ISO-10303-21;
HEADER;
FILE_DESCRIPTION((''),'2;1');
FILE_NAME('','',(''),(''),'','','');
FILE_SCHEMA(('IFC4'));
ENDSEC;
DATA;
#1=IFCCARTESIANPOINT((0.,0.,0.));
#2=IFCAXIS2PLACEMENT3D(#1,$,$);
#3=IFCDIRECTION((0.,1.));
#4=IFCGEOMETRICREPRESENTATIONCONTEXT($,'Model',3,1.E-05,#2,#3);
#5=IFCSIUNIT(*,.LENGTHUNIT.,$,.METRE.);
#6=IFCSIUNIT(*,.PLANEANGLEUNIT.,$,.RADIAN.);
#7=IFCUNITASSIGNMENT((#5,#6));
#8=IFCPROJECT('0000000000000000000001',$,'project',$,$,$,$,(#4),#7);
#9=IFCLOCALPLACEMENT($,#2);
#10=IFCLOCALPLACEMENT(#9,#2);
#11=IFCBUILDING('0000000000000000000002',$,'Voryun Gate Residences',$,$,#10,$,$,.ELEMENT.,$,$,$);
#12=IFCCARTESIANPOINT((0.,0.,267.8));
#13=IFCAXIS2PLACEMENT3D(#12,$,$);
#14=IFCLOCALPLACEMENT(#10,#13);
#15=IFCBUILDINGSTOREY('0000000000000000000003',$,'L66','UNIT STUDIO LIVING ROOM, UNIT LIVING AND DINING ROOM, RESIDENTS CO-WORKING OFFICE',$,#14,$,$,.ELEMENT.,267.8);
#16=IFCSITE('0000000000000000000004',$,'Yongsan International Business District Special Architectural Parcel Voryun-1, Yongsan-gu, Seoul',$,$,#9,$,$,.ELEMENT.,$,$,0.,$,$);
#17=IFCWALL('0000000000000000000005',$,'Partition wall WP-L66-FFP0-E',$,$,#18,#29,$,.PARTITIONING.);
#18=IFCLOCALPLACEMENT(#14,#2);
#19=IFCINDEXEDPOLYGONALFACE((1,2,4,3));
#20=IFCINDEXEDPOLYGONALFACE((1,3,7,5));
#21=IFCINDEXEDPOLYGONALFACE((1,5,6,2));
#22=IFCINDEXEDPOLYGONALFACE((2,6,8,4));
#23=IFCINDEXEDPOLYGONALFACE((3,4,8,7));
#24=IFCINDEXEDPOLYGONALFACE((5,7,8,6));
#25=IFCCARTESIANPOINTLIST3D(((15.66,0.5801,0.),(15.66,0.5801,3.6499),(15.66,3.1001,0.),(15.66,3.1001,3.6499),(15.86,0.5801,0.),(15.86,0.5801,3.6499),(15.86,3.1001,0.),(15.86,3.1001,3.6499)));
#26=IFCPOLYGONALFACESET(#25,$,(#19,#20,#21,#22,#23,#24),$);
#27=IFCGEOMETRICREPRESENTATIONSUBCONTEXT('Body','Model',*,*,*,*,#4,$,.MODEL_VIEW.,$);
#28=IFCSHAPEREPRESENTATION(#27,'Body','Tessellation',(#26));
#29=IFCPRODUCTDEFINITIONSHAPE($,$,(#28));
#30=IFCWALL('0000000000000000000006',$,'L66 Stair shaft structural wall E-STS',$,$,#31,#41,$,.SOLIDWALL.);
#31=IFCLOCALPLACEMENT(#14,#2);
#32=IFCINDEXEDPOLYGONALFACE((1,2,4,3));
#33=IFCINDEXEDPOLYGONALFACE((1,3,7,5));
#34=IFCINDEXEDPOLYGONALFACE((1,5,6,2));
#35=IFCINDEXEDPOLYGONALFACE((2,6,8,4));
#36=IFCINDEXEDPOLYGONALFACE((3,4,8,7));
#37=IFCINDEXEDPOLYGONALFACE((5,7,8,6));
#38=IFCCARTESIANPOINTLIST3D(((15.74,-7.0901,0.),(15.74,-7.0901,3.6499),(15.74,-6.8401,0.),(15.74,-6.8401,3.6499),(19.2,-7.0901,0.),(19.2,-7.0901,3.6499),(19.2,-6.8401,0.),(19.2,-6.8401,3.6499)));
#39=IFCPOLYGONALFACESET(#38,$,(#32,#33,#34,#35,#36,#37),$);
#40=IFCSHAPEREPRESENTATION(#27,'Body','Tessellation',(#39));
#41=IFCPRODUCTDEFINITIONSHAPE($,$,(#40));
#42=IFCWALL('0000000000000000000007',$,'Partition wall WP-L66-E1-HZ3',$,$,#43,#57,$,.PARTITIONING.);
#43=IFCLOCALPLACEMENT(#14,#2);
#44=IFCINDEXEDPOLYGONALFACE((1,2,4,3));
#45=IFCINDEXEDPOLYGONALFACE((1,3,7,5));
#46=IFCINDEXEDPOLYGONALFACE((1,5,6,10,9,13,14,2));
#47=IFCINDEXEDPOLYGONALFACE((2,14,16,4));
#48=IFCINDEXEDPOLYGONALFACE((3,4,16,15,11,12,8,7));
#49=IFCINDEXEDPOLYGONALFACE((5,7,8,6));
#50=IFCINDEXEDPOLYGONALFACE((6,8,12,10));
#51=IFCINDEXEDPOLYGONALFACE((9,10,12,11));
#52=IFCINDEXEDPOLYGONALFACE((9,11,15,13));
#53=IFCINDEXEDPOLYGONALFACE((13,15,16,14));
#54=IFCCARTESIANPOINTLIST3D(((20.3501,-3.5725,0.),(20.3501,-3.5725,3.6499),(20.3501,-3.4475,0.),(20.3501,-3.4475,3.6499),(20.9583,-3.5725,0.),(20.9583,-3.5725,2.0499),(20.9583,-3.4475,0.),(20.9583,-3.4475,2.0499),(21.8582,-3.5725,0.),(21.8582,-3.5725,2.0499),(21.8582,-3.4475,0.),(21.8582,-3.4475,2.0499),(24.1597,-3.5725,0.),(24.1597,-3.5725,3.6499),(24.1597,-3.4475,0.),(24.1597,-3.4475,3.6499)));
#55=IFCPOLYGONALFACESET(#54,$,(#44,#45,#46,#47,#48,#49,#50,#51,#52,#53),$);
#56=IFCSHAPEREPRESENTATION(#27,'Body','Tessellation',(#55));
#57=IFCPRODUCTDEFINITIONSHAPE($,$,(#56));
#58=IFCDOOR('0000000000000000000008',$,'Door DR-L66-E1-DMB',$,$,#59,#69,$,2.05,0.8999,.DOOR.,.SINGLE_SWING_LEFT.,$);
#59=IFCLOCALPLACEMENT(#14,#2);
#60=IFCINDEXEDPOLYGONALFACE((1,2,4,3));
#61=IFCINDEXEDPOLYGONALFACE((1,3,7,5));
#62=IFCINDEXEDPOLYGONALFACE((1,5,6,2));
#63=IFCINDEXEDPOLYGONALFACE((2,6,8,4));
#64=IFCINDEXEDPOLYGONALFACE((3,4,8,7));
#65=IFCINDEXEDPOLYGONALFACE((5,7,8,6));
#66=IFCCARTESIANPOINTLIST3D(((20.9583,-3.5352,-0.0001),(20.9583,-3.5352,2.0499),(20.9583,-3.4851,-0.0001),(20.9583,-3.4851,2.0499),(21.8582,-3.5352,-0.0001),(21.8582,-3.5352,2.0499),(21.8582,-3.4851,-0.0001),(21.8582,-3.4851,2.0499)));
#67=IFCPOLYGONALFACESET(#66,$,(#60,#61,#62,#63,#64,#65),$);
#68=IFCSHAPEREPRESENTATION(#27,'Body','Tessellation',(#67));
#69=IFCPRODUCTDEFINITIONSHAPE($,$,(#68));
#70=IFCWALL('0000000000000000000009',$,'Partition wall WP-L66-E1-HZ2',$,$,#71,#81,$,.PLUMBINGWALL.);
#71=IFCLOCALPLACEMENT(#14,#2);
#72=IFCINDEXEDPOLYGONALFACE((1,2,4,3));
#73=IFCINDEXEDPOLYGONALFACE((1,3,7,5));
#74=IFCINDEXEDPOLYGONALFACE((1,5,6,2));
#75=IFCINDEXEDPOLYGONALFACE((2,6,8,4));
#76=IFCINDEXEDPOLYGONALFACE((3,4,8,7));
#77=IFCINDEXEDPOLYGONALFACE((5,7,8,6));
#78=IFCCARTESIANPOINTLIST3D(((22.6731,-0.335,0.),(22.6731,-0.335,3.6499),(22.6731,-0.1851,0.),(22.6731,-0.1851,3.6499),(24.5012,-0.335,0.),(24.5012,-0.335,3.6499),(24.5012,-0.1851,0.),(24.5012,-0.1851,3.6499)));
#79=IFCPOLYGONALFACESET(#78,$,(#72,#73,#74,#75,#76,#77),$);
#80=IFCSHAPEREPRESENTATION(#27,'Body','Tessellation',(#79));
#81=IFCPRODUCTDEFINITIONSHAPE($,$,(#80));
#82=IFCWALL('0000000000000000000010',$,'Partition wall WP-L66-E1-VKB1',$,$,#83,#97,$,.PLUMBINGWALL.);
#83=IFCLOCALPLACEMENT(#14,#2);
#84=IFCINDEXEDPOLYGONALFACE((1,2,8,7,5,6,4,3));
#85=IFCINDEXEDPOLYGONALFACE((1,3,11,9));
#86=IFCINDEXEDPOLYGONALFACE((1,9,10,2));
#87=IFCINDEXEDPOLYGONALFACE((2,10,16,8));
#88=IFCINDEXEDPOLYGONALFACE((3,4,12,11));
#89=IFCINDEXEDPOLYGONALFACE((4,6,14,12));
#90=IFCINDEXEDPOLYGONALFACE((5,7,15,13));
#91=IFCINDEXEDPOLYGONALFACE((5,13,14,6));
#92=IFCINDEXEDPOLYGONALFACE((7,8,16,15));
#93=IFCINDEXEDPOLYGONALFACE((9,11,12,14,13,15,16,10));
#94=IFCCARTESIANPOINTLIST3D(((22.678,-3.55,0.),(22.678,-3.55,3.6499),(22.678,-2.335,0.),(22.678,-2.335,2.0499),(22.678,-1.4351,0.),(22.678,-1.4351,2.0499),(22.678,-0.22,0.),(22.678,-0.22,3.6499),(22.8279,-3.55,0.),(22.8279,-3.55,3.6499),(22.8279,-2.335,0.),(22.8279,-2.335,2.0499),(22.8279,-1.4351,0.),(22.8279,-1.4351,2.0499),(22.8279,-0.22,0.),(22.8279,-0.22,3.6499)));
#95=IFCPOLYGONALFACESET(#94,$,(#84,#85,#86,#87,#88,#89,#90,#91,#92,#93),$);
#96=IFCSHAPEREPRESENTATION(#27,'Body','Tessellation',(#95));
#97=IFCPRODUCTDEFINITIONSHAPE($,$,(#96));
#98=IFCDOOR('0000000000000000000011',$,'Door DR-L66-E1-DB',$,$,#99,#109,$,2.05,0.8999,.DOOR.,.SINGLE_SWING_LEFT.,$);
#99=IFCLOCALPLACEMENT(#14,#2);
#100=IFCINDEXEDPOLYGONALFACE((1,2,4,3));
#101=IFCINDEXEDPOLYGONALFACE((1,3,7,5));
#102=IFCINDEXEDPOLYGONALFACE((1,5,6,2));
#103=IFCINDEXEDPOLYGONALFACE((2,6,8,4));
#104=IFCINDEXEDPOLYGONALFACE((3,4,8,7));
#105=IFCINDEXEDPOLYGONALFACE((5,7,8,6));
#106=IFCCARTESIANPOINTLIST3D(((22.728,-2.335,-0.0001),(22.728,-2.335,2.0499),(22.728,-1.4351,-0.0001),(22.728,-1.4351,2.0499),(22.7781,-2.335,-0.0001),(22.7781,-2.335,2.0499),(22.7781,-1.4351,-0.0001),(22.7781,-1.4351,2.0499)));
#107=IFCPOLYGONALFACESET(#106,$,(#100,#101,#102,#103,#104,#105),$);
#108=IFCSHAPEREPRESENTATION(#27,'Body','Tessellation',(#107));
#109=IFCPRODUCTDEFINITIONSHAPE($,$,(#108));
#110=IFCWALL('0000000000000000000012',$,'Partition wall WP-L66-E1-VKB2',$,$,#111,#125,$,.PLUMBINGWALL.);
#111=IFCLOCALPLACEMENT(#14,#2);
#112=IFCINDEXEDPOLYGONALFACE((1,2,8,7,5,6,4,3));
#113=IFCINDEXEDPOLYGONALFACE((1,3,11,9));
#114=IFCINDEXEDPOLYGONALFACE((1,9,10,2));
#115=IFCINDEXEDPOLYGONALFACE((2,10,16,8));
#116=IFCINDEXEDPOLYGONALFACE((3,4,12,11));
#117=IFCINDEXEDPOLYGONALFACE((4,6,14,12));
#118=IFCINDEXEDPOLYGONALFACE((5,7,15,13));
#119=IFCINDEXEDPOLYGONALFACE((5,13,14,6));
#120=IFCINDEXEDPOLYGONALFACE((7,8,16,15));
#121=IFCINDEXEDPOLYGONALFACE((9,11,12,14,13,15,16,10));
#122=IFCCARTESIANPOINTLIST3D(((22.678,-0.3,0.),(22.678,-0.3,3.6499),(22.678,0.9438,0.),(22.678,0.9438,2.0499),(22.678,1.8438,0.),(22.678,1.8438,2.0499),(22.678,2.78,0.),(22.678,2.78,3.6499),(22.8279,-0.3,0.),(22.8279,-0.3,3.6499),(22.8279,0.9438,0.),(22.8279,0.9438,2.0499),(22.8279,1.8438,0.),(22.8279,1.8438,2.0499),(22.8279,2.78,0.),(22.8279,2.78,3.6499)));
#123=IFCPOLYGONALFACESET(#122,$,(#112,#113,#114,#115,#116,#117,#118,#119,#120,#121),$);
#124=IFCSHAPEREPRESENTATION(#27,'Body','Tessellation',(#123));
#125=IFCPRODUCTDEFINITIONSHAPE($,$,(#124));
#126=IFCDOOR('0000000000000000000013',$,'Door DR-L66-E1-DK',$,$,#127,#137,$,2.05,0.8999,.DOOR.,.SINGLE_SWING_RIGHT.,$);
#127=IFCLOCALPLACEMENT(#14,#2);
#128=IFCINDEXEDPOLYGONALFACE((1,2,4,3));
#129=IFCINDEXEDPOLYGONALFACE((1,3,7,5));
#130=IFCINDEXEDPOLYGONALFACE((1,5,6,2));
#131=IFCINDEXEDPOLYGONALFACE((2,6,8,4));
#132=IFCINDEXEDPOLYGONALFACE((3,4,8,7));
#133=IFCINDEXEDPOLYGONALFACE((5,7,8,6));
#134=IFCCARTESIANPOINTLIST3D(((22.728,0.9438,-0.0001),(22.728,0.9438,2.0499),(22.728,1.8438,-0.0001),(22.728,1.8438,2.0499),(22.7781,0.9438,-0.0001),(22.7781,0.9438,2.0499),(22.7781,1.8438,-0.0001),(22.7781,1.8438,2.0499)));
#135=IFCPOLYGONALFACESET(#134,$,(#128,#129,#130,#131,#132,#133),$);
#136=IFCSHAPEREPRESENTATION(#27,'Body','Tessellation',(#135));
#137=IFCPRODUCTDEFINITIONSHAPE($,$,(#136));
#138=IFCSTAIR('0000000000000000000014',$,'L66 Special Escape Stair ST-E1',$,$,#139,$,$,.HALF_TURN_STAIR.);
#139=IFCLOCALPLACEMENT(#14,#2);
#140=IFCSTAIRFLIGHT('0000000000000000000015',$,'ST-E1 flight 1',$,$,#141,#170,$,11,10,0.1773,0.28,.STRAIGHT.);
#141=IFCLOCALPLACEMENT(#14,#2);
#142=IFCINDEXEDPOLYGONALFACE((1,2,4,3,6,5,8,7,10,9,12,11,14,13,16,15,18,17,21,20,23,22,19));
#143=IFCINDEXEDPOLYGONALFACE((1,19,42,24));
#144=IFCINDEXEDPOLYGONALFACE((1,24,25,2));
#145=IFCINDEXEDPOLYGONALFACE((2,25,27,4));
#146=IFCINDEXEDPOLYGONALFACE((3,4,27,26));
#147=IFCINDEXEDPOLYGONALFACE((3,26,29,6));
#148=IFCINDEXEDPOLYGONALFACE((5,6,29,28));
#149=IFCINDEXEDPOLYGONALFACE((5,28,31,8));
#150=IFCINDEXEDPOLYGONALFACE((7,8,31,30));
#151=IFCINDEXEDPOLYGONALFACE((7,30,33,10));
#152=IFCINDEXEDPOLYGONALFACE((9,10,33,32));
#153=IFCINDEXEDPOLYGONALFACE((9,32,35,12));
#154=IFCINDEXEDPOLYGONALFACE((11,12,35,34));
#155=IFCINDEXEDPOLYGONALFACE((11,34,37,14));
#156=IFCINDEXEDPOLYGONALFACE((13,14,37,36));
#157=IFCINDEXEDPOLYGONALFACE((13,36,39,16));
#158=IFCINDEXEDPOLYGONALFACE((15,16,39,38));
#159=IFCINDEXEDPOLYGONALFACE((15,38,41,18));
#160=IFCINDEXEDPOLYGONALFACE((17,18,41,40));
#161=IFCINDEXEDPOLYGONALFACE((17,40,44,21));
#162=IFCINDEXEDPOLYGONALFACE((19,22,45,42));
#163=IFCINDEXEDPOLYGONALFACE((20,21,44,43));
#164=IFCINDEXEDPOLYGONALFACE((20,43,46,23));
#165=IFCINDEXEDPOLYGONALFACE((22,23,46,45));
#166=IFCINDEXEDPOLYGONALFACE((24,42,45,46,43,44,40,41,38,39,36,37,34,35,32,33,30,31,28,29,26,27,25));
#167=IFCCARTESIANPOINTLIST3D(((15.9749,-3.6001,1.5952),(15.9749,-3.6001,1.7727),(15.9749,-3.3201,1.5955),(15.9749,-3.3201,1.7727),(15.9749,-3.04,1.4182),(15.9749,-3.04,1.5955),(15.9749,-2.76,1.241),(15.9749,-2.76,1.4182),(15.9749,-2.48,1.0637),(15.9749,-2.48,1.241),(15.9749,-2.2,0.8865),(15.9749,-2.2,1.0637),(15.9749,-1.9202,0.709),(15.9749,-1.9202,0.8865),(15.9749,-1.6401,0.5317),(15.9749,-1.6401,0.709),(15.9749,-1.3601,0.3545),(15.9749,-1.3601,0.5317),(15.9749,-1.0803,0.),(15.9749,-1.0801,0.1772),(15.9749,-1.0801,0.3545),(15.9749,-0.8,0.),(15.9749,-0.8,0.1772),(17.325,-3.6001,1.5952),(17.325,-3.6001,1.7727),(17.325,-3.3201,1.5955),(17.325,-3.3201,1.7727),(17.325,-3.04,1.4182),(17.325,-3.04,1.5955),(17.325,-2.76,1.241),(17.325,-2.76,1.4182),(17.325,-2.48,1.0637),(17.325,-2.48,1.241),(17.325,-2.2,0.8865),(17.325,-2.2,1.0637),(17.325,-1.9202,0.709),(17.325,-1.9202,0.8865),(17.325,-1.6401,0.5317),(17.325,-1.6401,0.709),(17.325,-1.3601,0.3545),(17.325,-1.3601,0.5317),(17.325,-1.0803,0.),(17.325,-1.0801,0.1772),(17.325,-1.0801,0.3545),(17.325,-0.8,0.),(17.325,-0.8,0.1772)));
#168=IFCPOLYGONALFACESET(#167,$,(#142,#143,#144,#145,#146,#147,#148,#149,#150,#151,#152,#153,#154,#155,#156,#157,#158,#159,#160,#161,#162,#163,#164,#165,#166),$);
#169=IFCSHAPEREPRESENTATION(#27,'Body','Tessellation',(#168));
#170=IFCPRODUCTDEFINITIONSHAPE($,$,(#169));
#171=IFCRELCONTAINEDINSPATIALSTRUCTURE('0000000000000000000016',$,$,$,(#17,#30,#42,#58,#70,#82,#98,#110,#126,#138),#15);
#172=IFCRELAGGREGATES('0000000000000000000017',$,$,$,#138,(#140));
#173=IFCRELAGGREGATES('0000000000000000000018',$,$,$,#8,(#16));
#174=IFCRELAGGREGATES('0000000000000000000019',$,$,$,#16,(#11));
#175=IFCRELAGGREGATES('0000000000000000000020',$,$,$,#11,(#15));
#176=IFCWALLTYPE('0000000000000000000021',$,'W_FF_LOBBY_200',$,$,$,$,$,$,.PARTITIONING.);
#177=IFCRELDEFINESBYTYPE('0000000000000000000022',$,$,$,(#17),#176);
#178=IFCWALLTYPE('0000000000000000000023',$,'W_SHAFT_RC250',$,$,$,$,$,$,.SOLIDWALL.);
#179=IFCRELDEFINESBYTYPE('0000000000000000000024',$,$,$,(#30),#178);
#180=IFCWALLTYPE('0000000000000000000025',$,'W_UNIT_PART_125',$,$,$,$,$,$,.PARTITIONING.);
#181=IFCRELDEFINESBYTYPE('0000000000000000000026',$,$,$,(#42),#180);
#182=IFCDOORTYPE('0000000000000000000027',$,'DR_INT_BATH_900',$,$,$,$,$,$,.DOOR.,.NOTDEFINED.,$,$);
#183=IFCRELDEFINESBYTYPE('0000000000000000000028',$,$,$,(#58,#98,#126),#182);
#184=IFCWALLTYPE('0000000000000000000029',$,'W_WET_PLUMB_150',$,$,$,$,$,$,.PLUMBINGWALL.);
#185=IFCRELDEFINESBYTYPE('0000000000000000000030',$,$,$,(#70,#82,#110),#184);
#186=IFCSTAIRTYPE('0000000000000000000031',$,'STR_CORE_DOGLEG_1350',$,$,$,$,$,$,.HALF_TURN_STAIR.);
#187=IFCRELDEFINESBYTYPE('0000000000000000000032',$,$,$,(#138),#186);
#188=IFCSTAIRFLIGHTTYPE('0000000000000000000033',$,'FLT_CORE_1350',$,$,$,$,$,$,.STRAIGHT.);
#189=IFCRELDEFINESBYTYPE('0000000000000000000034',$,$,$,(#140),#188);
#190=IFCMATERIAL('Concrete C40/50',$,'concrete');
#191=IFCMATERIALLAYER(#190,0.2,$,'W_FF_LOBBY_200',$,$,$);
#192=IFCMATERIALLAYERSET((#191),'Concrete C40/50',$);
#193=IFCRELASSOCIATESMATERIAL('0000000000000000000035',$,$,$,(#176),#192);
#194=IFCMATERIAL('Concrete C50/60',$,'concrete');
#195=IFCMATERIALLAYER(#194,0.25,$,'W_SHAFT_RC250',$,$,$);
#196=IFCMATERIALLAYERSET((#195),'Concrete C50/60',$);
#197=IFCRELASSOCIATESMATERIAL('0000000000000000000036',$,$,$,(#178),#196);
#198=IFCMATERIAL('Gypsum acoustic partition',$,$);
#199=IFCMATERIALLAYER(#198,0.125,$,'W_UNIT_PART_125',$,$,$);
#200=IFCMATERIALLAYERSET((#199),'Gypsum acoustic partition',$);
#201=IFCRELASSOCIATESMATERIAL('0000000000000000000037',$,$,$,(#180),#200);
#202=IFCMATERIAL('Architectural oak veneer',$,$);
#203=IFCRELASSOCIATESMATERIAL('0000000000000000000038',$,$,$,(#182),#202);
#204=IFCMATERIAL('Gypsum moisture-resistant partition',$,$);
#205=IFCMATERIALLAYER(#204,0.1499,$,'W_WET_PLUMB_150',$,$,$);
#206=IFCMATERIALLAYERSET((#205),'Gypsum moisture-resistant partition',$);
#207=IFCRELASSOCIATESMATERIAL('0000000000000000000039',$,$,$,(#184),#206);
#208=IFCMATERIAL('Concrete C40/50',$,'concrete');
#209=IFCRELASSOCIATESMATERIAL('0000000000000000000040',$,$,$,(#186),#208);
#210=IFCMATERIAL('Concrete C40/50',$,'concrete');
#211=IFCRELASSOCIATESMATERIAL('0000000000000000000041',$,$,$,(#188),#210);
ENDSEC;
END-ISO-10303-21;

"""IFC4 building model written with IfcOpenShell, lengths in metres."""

from ifc_helpers import new_model, si_unit, direction, frame, frame_2d, origin, place, context, subcontext, project, spatial, polyline, rectangle, outline, extrude, material, layer, layer_set, type_object, element, fill, aggregate, save


model = new_model("IFC4")

# Units and contexts
model_context = context("Model", 3, precision=1e-05, world=origin(), true_north=direction((0.0, 1.0)))
body_context = subcontext(model_context, "Body", "Model", "MODEL_VIEW")
ifc_project = project(units=[si_unit("LENGTHUNIT", "METRE"), si_unit("PLANEANGLEUNIT", "RADIAN")], contexts=[model_context])

# Site, building, storey
site_placement = place(None, origin())
site = spatial("IfcSite", under=ifc_project, at=site_placement, Name="Yongsan International Business District Special Architectural Parcel Voryun-1, Yongsan-gu, Seoul", CompositionType="ELEMENT", RefElevation=0.0)
building_placement = place(site_placement, origin())
building = spatial("IfcBuilding", under=site, at=building_placement, Name="Voryun Gate Residences", CompositionType="ELEMENT")
storey_placement = place(building_placement, frame((0.0, 0.0, 267.8)))
storey = spatial("IfcBuildingStorey", under=building, at=storey_placement, Name="L66", Description="UNIT STUDIO LIVING ROOM, UNIT LIVING AND DINING ROOM, RESIDENTS CO-WORKING OFFICE", CompositionType="ELEMENT", Elevation=267.8)

# Walls
ifc_material_1 = material(Name="Concrete C40/50", Category="concrete")
ifc_layer_1 = layer(ifc_material_1, 0.2, Name="W_FF_LOBBY_200")
ifc_layer_set_1 = layer_set([ifc_layer_1], Name="Concrete C40/50")
wall_type_1 = type_object("IfcWallType", Name="W_FF_LOBBY_200", PredefinedType="PARTITIONING", material=ifc_layer_set_1)
wall_1_placement = place(storey_placement, frame((15.76, 0.5801, 0.0), z_axis=(0.0, 0.0, 1.0), x_axis=(0.0, 1.0, 0.0)))
element("IfcWall", 1, at=wall_1_placement, inside=storey, type_object=wall_type_1, Name="Partition wall WP-L66-FFP0-E", PredefinedType="PARTITIONING", context=body_context, shape_type="SweptSolid", body=[
    extrude(rectangle(XDim=2.52, YDim=0.2, at=frame_2d((1.26, 0.0))), origin(), (0.0, 0.0, 1.0), 3.6499),
])
ifc_material_2 = material(Name="Concrete C50/60", Category="concrete")
ifc_layer_2 = layer(ifc_material_2, 0.25, Name="W_SHAFT_RC250")
ifc_layer_set_2 = layer_set([ifc_layer_2], Name="Concrete C50/60")
wall_type_2 = type_object("IfcWallType", Name="W_SHAFT_RC250", PredefinedType="SOLIDWALL", material=ifc_layer_set_2)
wall_2_placement = place(storey_placement, frame((15.74, -6.9651, 0.0), z_axis=(0.0, 0.0, 1.0), x_axis=(1.0, 0.0, 0.0)))
element("IfcWall", 2, at=wall_2_placement, inside=storey, type_object=wall_type_2, Name="L66 Stair shaft structural wall E-STS", PredefinedType="SOLIDWALL", context=body_context, shape_type="SweptSolid", body=[
    extrude(rectangle(XDim=3.46, YDim=0.25, at=frame_2d((1.73, 0.0))), origin(), (0.0, 0.0, 1.0), 3.6499),
])

# Wall, opening, door
ifc_material_3 = material(Name="Gypsum acoustic partition")
ifc_layer_3 = layer(ifc_material_3, 0.125, Name="W_UNIT_PART_125")
ifc_layer_set_3 = layer_set([ifc_layer_3], Name="Gypsum acoustic partition")
wall_type_3 = type_object("IfcWallType", Name="W_UNIT_PART_125", PredefinedType="PARTITIONING", material=ifc_layer_set_3)
wall_3_placement = place(storey_placement, frame((20.3501, -3.51, 0.0), z_axis=(0.0, 0.0, 1.0), x_axis=(1.0, 0.0, 0.0)))
wall_3 = element("IfcWall", 3, at=wall_3_placement, inside=storey, type_object=wall_type_3, Name="Partition wall WP-L66-E1-HZ3", PredefinedType="PARTITIONING", context=body_context, shape_type="SweptSolid", body=[
    extrude(rectangle(XDim=3.8096, YDim=0.125, at=frame_2d((1.9048, 0.0))), origin(), (0.0, 0.0, 1.0), 3.6499),
])
opening_1_placement = place(wall_3_placement, frame((0.6082, 0.0, 0.0)))
opening_1 = element("IfcOpeningElement", 4, at=opening_1_placement, cuts=wall_3, PredefinedType="OPENING", context=body_context, shape_type="SweptSolid", body=[
    extrude(rectangle(XDim=0.8999, YDim=2.05, at=frame_2d((0.45, 1.0249))), frame((0.0, 0.0725, 0.0), z_axis=(0.0, -1.0, 0.0), x_axis=(1.0, 0.0, 0.0)), (0.0, 0.0, 1.0), 0.145),
])
ifc_material_4 = material(Name="Architectural oak veneer")
door_type = type_object("IfcDoorType", Name="DR_INT_BATH_900", OperationType="NOTDEFINED", PredefinedType="DOOR", material=ifc_material_4)
door_1_placement = place(opening_1_placement, origin())
door_1 = element("IfcDoor", 5, at=door_1_placement, inside=storey, type_object=door_type, Name="Door DR-L66-E1-DMB", OperationType="SINGLE_SWING_LEFT", OverallHeight=2.05, OverallWidth=0.8999, PredefinedType="DOOR", context=body_context, shape_type="SweptSolid", body=[
    extrude(rectangle(XDim=0.8999, YDim=2.05, at=frame_2d((0.45, 1.0249))), frame((0.0, 0.0249, 0.0), z_axis=(0.0, -1.0, 0.0), x_axis=(1.0, 0.0, 0.0)), (0.0, 0.0, 1.0), 0.05),
])
fill(opening_1, door_1)

# Wall
ifc_material_5 = material(Name="Gypsum moisture-resistant partition")
ifc_layer_4 = layer(ifc_material_5, 0.1499, Name="W_WET_PLUMB_150")
ifc_layer_set_4 = layer_set([ifc_layer_4], Name="Gypsum moisture-resistant partition")
wall_type_4 = type_object("IfcWallType", Name="W_WET_PLUMB_150", PredefinedType="PLUMBINGWALL", material=ifc_layer_set_4)
wall_4_placement = place(storey_placement, frame((22.6731, -0.26, 0.0), z_axis=(0.0, 0.0, 1.0), x_axis=(1.0, 0.0, 0.0)))
element("IfcWall", 6, at=wall_4_placement, inside=storey, type_object=wall_type_4, Name="Partition wall WP-L66-E1-HZ2", PredefinedType="PLUMBINGWALL", context=body_context, shape_type="SweptSolid", body=[
    extrude(rectangle(XDim=1.8281, YDim=0.1499, at=frame_2d((0.9141, 0.0))), origin(), (0.0, 0.0, 1.0), 3.6499),
])

# Walls, openings, doors
wall_5_placement = place(storey_placement, frame((22.7529, -3.55, 0.0), z_axis=(0.0, 0.0, 1.0), x_axis=(0.0, 1.0, 0.0)))
wall_5 = element("IfcWall", 7, at=wall_5_placement, inside=storey, type_object=wall_type_4, Name="Partition wall WP-L66-E1-VKB1", PredefinedType="PLUMBINGWALL", context=body_context, shape_type="SweptSolid", body=[
    extrude(rectangle(XDim=3.3301, YDim=0.1499, at=frame_2d((1.665, 0.0))), origin(), (0.0, 0.0, 1.0), 3.6499),
])
opening_2_placement = place(wall_5_placement, frame((1.2151, 0.0, 0.0)))
opening_2 = element("IfcOpeningElement", 8, at=opening_2_placement, cuts=wall_5, PredefinedType="OPENING", context=body_context, shape_type="SweptSolid", body=[
    extrude(rectangle(XDim=0.8999, YDim=2.05, at=frame_2d((0.45, 1.0249))), frame((0.0, 0.085, 0.0), z_axis=(0.0, -1.0, 0.0), x_axis=(1.0, 0.0, 0.0)), (0.0, 0.0, 1.0), 0.1699),
])
door_2_placement = place(opening_2_placement, origin())
door_2 = element("IfcDoor", 9, at=door_2_placement, inside=storey, type_object=door_type, Name="Door DR-L66-E1-DB", OperationType="SINGLE_SWING_LEFT", OverallHeight=2.05, OverallWidth=0.8999, PredefinedType="DOOR", context=body_context, shape_type="SweptSolid", body=[
    extrude(rectangle(XDim=0.8999, YDim=2.05, at=frame_2d((0.45, 1.0249))), frame((0.0, 0.0249, 0.0), z_axis=(0.0, -1.0, 0.0), x_axis=(1.0, 0.0, 0.0)), (0.0, 0.0, 1.0), 0.05),
])
fill(opening_2, door_2)
wall_6_placement = place(storey_placement, frame((22.7529, -0.3, 0.0), z_axis=(0.0, 0.0, 1.0), x_axis=(0.0, 1.0, 0.0)))
wall_6 = element("IfcWall", 10, at=wall_6_placement, inside=storey, type_object=wall_type_4, Name="Partition wall WP-L66-E1-VKB2", PredefinedType="PLUMBINGWALL", context=body_context, shape_type="SweptSolid", body=[
    extrude(rectangle(XDim=3.0801, YDim=0.1499, at=frame_2d((1.54, 0.0))), origin(), (0.0, 0.0, 1.0), 3.6499),
])
opening_3_placement = place(wall_6_placement, frame((1.2439, 0.0, 0.0)))
opening_3 = element("IfcOpeningElement", 11, at=opening_3_placement, cuts=wall_6, PredefinedType="OPENING", context=body_context, shape_type="SweptSolid", body=[
    extrude(rectangle(XDim=0.8999, YDim=2.05, at=frame_2d((0.45, 1.0249))), frame((0.0, 0.085, 0.0), z_axis=(0.0, -1.0, 0.0), x_axis=(1.0, 0.0, 0.0)), (0.0, 0.0, 1.0), 0.1699),
])
door_3_placement = place(opening_3_placement, origin())
door_3 = element("IfcDoor", 12, at=door_3_placement, inside=storey, type_object=door_type, Name="Door DR-L66-E1-DK", OperationType="SINGLE_SWING_RIGHT", OverallHeight=2.05, OverallWidth=0.8999, PredefinedType="DOOR", context=body_context, shape_type="SweptSolid", body=[
    extrude(rectangle(XDim=0.8999, YDim=2.05, at=frame_2d((0.45, 1.0249))), frame((0.0, 0.0249, 0.0), z_axis=(0.0, -1.0, 0.0), x_axis=(1.0, 0.0, 0.0)), (0.0, 0.0, 1.0), 0.05),
])
fill(opening_3, door_3)

# Stair, stair flight
ifc_material_6 = material(Name="Concrete C40/50", Category="concrete")
stair_type = type_object("IfcStairType", Name="STR_CORE_DOGLEG_1350", PredefinedType="HALF_TURN_STAIR", material=ifc_material_6)
stair_placement = place(storey_placement, origin())
stair = element("IfcStair", 13, at=stair_placement, inside=storey, type_object=stair_type, Name="L66 Special Escape Stair ST-E1", PredefinedType="HALF_TURN_STAIR")
ifc_material_7 = material(Name="Concrete C40/50", Category="concrete")
stair_flight_type = type_object("IfcStairFlightType", Name="FLT_CORE_1350", PredefinedType="STRAIGHT", material=ifc_material_7)
stair_flight_1_placement = place(storey_placement, frame((16.6499, -0.8, 0.0), z_axis=(0.0, 0.0, 1.0), x_axis=(0.0, -1.0, 0.0)))
stair_flight_1 = element("IfcStairFlight", 14, at=stair_flight_1_placement, type_object=stair_flight_type, Name="ST-E1 flight 1", NumberOfRisers=11, NumberOfTreads=10, PredefinedType="STRAIGHT", RiserHeight=0.1773, TreadLength=0.28, context=body_context, shape_type="SweptSolid", body=[
    extrude(outline(polyline([(0.0, 0.0), (0.0, 0.1772), (0.28, 0.1772), (0.28, 0.3545), (0.5601, 0.3545), (0.5601, 0.5317), (0.8401, 0.5317), (0.8401, 0.709), (1.1201, 0.709), (1.1201, 0.8865), (1.3999, 0.8865), (1.3999, 1.0637), (1.6799, 1.0637), (1.6799, 1.241), (1.96, 1.241), (1.96, 1.4182), (2.24, 1.4182), (2.24, 1.5955), (2.52, 1.5955), (2.52, 1.7727), (2.8, 1.7727), (2.8, 1.95), (2.8, 1.5952), (0.2803, 0.0), (0.0, 0.0)])), frame((0.0, 0.675, 0.0), z_axis=(0.0, -1.0, 0.0), x_axis=(1.0, 0.0, 0.0)), (0.0, 0.0, 1.0), 1.3501),
])
aggregate(stair, [stair_flight_1])

save(model, "model.ifc")
